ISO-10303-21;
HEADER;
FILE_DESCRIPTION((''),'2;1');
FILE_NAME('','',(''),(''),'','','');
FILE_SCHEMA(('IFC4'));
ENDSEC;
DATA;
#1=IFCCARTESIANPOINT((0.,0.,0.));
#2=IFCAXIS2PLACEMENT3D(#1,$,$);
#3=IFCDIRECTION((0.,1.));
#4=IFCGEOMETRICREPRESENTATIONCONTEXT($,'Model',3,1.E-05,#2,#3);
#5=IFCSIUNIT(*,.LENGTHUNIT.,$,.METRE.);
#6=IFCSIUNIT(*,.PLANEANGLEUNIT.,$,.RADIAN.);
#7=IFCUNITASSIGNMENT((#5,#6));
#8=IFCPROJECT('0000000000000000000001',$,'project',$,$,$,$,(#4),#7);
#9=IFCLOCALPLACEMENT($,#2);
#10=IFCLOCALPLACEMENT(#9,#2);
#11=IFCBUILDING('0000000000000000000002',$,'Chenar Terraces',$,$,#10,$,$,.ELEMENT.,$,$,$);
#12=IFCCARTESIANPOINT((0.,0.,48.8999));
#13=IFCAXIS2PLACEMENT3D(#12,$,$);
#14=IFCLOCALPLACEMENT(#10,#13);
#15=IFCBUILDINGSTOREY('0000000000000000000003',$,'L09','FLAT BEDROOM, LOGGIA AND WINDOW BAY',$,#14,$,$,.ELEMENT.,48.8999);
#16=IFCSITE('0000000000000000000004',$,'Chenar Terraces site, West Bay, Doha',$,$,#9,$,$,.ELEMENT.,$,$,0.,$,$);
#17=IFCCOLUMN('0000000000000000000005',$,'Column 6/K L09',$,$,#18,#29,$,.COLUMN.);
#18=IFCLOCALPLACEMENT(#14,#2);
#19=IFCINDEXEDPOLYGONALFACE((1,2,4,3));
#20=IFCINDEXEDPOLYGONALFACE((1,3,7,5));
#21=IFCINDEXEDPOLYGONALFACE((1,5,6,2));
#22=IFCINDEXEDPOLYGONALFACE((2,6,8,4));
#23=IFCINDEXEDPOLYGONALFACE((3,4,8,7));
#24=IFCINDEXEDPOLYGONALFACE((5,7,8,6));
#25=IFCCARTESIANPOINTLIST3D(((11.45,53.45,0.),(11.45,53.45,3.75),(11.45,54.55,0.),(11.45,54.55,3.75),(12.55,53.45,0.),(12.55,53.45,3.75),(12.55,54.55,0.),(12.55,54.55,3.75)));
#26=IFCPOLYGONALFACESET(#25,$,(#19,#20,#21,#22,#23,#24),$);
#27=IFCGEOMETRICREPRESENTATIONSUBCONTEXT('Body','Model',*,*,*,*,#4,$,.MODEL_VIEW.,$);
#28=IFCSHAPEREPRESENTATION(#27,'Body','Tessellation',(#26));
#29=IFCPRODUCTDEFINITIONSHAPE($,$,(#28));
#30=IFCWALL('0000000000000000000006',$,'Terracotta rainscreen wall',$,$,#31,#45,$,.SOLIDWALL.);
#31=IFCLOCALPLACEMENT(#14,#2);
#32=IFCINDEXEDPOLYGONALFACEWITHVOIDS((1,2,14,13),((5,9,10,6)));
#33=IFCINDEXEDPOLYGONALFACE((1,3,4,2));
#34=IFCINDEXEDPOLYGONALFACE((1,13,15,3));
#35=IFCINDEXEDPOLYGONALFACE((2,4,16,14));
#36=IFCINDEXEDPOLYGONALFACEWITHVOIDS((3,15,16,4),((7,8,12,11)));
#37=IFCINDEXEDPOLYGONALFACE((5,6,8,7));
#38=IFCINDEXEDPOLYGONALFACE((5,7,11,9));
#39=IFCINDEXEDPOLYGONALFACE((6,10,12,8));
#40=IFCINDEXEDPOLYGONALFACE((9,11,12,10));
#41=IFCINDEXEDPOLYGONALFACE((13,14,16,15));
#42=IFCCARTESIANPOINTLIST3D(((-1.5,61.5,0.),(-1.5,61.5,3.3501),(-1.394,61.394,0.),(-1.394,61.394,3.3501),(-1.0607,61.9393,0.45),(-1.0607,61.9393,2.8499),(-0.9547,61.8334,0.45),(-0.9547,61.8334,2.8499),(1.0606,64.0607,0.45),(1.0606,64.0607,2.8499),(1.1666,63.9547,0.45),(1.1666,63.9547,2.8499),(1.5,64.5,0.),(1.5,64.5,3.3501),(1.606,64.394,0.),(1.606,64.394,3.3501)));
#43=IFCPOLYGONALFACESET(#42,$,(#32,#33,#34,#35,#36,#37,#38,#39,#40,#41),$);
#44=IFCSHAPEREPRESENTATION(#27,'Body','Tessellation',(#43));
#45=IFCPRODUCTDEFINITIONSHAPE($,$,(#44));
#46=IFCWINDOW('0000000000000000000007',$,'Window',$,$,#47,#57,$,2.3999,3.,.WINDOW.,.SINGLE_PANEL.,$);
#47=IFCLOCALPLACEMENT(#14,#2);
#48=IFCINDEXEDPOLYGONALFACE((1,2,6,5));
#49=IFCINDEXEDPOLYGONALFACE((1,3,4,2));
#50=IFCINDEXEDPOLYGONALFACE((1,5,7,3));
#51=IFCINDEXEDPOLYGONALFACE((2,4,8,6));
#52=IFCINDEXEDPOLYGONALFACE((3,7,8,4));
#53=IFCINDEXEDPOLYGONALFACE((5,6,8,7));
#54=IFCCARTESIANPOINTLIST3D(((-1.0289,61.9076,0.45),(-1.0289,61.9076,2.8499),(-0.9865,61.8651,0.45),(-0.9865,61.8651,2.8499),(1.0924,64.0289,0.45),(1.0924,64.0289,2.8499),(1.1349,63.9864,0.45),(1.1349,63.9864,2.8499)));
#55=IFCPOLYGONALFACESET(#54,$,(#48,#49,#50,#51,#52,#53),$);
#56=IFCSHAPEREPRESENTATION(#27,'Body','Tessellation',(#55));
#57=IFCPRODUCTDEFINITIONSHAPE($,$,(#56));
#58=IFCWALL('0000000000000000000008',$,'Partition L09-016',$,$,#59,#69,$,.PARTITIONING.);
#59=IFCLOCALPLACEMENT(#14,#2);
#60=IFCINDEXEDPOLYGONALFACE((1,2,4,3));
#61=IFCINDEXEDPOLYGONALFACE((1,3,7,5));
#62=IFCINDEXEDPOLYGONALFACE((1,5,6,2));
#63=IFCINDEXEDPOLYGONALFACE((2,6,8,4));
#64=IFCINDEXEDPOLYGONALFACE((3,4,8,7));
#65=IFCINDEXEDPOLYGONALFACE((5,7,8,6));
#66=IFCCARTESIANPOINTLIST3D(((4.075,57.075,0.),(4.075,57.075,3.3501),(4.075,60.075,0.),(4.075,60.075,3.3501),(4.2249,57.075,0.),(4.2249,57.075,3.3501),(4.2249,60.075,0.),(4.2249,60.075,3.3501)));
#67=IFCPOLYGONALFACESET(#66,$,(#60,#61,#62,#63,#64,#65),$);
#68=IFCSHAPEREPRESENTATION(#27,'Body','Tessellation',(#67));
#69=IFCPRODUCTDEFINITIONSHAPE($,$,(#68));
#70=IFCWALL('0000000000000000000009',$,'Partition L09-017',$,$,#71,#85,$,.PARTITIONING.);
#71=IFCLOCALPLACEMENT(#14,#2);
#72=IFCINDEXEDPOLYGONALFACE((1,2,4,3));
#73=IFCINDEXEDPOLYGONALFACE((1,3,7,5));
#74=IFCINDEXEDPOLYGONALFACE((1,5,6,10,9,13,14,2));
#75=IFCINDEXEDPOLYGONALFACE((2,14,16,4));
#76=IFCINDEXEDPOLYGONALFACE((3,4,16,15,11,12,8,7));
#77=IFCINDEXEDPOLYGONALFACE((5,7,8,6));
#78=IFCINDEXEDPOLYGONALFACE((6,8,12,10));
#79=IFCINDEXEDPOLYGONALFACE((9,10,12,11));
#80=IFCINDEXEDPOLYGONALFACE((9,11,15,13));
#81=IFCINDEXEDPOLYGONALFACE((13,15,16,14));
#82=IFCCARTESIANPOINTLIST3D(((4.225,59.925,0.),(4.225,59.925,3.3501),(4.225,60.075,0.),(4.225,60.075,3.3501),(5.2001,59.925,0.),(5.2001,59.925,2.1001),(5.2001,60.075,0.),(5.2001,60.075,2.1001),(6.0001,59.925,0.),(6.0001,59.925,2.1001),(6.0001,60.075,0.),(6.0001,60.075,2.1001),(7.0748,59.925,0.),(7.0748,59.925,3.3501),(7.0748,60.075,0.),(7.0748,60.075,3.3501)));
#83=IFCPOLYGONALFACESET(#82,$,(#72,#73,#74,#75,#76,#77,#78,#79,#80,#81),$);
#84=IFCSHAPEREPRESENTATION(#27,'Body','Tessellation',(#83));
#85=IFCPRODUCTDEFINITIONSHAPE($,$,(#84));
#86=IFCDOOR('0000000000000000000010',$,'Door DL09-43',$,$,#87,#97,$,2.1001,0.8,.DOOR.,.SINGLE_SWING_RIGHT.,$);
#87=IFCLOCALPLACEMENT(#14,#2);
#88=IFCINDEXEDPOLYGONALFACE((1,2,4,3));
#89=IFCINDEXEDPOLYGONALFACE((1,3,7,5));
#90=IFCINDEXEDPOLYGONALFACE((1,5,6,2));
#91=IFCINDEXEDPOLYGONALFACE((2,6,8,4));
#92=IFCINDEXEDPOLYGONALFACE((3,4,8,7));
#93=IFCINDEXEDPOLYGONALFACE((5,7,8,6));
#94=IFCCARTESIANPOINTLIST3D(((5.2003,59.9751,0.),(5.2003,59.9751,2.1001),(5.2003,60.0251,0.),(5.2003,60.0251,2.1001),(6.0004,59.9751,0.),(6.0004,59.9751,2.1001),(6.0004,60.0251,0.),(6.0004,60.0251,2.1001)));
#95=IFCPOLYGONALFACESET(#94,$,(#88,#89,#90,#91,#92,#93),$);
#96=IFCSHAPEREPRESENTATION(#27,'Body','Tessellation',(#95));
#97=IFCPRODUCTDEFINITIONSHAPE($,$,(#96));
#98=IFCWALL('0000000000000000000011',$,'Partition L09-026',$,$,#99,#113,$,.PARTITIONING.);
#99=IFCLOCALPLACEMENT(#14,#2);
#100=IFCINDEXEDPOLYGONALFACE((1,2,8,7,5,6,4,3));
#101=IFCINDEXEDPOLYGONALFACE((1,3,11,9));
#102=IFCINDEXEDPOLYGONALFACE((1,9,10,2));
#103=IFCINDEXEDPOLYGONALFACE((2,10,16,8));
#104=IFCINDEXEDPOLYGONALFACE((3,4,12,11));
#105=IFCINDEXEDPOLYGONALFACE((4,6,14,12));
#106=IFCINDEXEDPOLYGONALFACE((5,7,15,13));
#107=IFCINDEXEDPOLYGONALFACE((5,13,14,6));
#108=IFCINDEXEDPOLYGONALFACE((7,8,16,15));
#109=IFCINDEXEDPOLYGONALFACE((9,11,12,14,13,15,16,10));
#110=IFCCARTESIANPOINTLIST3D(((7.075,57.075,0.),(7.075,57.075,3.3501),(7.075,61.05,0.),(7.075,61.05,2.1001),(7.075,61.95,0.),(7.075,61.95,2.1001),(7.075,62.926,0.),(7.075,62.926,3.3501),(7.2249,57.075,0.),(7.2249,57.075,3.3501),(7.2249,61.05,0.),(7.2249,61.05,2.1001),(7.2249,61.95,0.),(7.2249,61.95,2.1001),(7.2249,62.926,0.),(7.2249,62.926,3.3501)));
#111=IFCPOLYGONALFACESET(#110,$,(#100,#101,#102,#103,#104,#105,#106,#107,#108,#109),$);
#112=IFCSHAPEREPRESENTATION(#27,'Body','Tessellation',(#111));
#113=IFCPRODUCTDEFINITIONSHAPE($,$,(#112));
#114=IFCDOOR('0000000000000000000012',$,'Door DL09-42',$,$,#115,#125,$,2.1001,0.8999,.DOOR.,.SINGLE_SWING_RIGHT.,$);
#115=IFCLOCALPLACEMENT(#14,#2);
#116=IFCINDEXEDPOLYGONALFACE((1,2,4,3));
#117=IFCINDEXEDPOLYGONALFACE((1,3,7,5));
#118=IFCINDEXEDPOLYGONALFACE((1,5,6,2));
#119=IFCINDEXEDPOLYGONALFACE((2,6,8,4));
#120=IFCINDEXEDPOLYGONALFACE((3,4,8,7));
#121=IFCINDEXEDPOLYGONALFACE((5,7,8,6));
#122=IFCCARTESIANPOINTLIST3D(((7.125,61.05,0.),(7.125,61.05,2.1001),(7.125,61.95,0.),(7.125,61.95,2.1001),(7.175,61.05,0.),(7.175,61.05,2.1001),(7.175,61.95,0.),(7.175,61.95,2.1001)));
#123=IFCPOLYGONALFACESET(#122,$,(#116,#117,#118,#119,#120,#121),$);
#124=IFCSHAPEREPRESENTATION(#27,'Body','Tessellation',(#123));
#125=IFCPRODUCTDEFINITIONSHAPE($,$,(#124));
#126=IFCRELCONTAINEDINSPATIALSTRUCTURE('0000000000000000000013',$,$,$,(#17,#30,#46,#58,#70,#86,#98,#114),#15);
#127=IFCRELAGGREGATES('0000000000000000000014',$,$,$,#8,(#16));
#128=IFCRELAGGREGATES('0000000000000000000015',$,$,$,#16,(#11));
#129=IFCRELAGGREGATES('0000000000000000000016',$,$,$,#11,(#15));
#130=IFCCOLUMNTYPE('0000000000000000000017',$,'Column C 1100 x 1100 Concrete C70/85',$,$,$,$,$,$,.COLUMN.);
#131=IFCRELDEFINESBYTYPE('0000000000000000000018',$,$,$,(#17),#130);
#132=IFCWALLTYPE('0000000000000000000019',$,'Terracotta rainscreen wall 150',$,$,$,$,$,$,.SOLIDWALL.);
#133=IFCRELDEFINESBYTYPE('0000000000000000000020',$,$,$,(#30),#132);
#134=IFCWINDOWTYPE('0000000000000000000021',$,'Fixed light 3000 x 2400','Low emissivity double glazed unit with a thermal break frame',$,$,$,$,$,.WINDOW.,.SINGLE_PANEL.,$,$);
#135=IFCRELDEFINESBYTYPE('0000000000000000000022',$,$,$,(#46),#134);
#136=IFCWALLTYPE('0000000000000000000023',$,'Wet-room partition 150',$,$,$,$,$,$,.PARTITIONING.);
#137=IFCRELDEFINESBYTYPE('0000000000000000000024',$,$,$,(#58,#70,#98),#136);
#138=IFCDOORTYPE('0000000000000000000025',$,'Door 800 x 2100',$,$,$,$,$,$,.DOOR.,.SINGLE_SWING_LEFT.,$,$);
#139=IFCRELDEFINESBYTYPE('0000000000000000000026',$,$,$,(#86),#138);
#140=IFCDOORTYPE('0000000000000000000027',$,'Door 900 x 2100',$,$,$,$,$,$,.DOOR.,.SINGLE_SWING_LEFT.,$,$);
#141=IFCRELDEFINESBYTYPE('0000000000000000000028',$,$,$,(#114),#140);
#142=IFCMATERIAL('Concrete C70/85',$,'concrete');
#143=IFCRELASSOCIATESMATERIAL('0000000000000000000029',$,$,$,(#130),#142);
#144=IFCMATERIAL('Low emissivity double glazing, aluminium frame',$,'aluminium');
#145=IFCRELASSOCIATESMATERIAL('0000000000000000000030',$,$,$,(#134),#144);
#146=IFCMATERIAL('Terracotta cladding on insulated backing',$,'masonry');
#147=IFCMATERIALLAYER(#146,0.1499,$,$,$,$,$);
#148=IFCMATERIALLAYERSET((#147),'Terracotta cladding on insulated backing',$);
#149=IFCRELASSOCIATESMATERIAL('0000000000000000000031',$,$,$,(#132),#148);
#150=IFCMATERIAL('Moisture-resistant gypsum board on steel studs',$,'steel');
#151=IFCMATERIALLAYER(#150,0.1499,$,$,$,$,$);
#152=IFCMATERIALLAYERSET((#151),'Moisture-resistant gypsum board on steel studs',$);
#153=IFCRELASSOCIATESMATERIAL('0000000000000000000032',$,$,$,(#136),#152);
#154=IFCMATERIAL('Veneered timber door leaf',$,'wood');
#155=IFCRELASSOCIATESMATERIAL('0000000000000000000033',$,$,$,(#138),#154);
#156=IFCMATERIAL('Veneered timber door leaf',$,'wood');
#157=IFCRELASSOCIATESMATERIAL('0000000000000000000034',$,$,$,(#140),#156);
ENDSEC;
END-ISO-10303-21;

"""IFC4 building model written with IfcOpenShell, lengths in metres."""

from ifc_helpers import new_model, si_unit, direction, frame, frame_2d, origin, origin_2d, place, context, subcontext, project, spatial, rectangle, extrude, material, layer, layer_set, material_profile, profile_set, type_object, element, fill, save


model = new_model("IFC4")

# Units and contexts
model_context = context("Model", 3, precision=1e-05, world=origin(), true_north=direction((0.0, 1.0)))
body_context = subcontext(model_context, "Body", "Model", "MODEL_VIEW")
ifc_project = project(units=[si_unit("LENGTHUNIT", "METRE"), si_unit("PLANEANGLEUNIT", "RADIAN")], contexts=[model_context])

# Site, building, storey
site_placement = place(None, origin())
site = spatial("IfcSite", under=ifc_project, at=site_placement, Name="Chenar Terraces site, West Bay, Doha", CompositionType="ELEMENT", RefElevation=0.0)
building_placement = place(site_placement, origin())
building = spatial("IfcBuilding", under=site, at=building_placement, Name="Chenar Terraces", CompositionType="ELEMENT")
storey_placement = place(building_placement, frame((0.0, 0.0, 48.8999)))
storey = spatial("IfcBuildingStorey", under=building, at=storey_placement, Name="L09", Description="FLAT BEDROOM, LOGGIA AND WINDOW BAY", CompositionType="ELEMENT", Elevation=48.8999)

# Column
ifc_material_1 = material(Name="Concrete C70/85", Category="concrete")
ifc_material_profile = material_profile(ifc_material_1, rectangle(XDim=1.1001, YDim=1.1001, at=origin_2d()), Name="C 1100 x 1100")
ifc_profile_set = profile_set([ifc_material_profile], Name="Concrete C70/85")
column_type = type_object("IfcColumnType", Name="Column C 1100 x 1100 Concrete C70/85", PredefinedType="COLUMN", material=ifc_profile_set)
column_placement = place(storey_placement, frame((12.0, 54.0, 0.0), z_axis=(0.0, 0.0, 1.0), x_axis=(1.0, 0.0, 0.0)))
element("IfcColumn", 1, at=column_placement, inside=storey, type_object=column_type, Name="Column 6/K L09", PredefinedType="COLUMN", context=body_context, shape_type="SweptSolid", body=[
    extrude(rectangle(XDim=1.1001, YDim=1.1001, at=origin_2d()), origin(), (0.0, 0.0, 1.0), 3.75),
])

# Shared definitions
ifc_material_2 = material(Name="Low emissivity double glazing, aluminium frame", Category="aluminium")
window_type = type_object("IfcWindowType", Name="Fixed light 3000 x 2400", Description="Low emissivity double glazed unit with a thermal break frame", PartitioningType="SINGLE_PANEL", PredefinedType="WINDOW", material=ifc_material_2)

# Wall, opening, window
ifc_material_3 = material(Name="Terracotta cladding on insulated backing", Category="masonry")
ifc_layer_1 = layer(ifc_material_3, 0.1499)
ifc_layer_set_1 = layer_set([ifc_layer_1], Name="Terracotta cladding on insulated backing")
wall_type_1 = type_object("IfcWallType", Name="Terracotta rainscreen wall 150", PredefinedType="SOLIDWALL", material=ifc_layer_set_1)
wall_1_placement = place(storey_placement, frame((1.553, 64.447, 0.0), z_axis=(0.0, 0.0, 1.0), x_axis=(-0.707107, -0.707107, 0.0)))
wall_1 = element("IfcWall", 2, at=wall_1_placement, inside=storey, type_object=wall_type_1, Name="Terracotta rainscreen wall", PredefinedType="SOLIDWALL", context=body_context, shape_type="SweptSolid", body=[
    extrude(rectangle(XDim=4.2427, YDim=0.1499, at=frame_2d((2.1213, 0.0))), origin(), (0.0, 0.0, 1.0), 3.3501),
])
opening_1_placement = place(wall_1_placement, frame((0.6213, 0.0, 0.45)))
opening_1 = element("IfcOpeningElement", 3, at=opening_1_placement, cuts=wall_1, PredefinedType="OPENING", context=body_context, shape_type="SweptSolid", body=[
    extrude(rectangle(XDim=3.0, YDim=2.3999, at=frame_2d((1.5, 1.2))), frame((0.0, 0.085, 0.0), z_axis=(0.0, -1.0, 0.0), x_axis=(1.0, 0.0, 0.0)), (0.0, 0.0, 1.0), 0.1699),
])
window_1_placement = place(opening_1_placement, origin())
window_1 = element("IfcWindow", 4, at=window_1_placement, inside=storey, type_object=window_type, Name="Window", OverallHeight=2.3999, OverallWidth=3.0, PartitioningType="SINGLE_PANEL", PredefinedType="WINDOW", context=body_context, shape_type="SweptSolid", body=[
    extrude(rectangle(XDim=3.0, YDim=2.3999, at=frame_2d((1.5, 1.2))), frame((0.0, 0.03, 0.0), z_axis=(0.0, -1.0, 0.0), x_axis=(1.0, 0.0, 0.0)), (0.0, 0.0, 1.0), 0.0601),
])
fill(opening_1, window_1)

# Wall
ifc_material_4 = material(Name="Moisture-resistant gypsum board on steel studs", Category="steel")
ifc_layer_2 = layer(ifc_material_4, 0.1499)
ifc_layer_set_2 = layer_set([ifc_layer_2], Name="Moisture-resistant gypsum board on steel studs")
wall_type_2 = type_object("IfcWallType", Name="Wet-room partition 150", PredefinedType="PARTITIONING", material=ifc_layer_set_2)
wall_2_placement = place(storey_placement, frame((4.1499, 57.075, 0.0), z_axis=(0.0, 0.0, 1.0), x_axis=(0.0, 1.0, 0.0)))
element("IfcWall", 5, at=wall_2_placement, inside=storey, type_object=wall_type_2, Name="Partition L09-016", PredefinedType="PARTITIONING", context=body_context, shape_type="SweptSolid", body=[
    extrude(rectangle(XDim=3.0, YDim=0.1499, at=frame_2d((1.5, 0.0))), origin(), (0.0, 0.0, 1.0), 3.3501),
])

# Walls, openings, doors
wall_3_placement = place(storey_placement, frame((4.2251, 60.0, 0.0), z_axis=(0.0, 0.0, 1.0), x_axis=(1.0, 0.0, 0.0)))
wall_3 = element("IfcWall", 6, at=wall_3_placement, inside=storey, type_object=wall_type_2, Name="Partition L09-017", PredefinedType="PARTITIONING", context=body_context, shape_type="SweptSolid", body=[
    extrude(rectangle(XDim=2.8499, YDim=0.1499, at=frame_2d((1.4248, 0.0))), origin(), (0.0, 0.0, 1.0), 3.3501),
])
opening_2_placement = place(wall_3_placement, frame((0.9751, 0.0, 0.0)))
opening_2 = element("IfcOpeningElement", 7, at=opening_2_placement, cuts=wall_3, PredefinedType="OPENING", context=body_context, shape_type="SweptSolid", body=[
    extrude(rectangle(XDim=0.8, YDim=2.1001, at=frame_2d((0.3999, 1.05))), frame((0.0, 0.085, 0.0), z_axis=(0.0, -1.0, 0.0), x_axis=(1.0, 0.0, 0.0)), (0.0, 0.0, 1.0), 0.1699),
])
ifc_material_5 = material(Name="Veneered timber door leaf", Category="wood")
door_type_1 = type_object("IfcDoorType", Name="Door 800 x 2100", OperationType="SINGLE_SWING_LEFT", PredefinedType="DOOR", material=ifc_material_5)
door_1_placement = place(opening_2_placement, frame((0.8, 0.0, 0.0), z_axis=(0.0, 0.0, 1.0), x_axis=(-1.0, 0.0, 0.0)))
door_1 = element("IfcDoor", 8, at=door_1_placement, inside=storey, type_object=door_type_1, Name="Door DL09-43", OperationType="SINGLE_SWING_RIGHT", OverallHeight=2.1001, OverallWidth=0.8, PredefinedType="DOOR", context=body_context, shape_type="SweptSolid", body=[
    extrude(rectangle(XDim=0.8, YDim=2.1001, at=frame_2d((0.3999, 1.05))), frame((0.0, 0.0249, 0.0), z_axis=(0.0, -1.0, 0.0), x_axis=(1.0, 0.0, 0.0)), (0.0, 0.0, 1.0), 0.05),
])
fill(opening_2, door_1)
wall_4_placement = place(storey_placement, frame((7.1499, 57.075, 0.0), z_axis=(0.0, 0.0, 1.0), x_axis=(0.0, 1.0, 0.0)))
wall_4 = element("IfcWall", 9, at=wall_4_placement, inside=storey, type_object=wall_type_2, Name="Partition L09-026", PredefinedType="PARTITIONING", context=body_context, shape_type="SweptSolid", body=[
    extrude(rectangle(XDim=5.8511, YDim=0.1499, at=frame_2d((2.9255, 0.0))), origin(), (0.0, 0.0, 1.0), 3.3501),
])
opening_3_placement = place(wall_4_placement, frame((3.9751, 0.0, 0.0)))
opening_3 = element("IfcOpeningElement", 10, at=opening_3_placement, cuts=wall_4, PredefinedType="OPENING", context=body_context, shape_type="SweptSolid", body=[
    extrude(rectangle(XDim=0.8999, YDim=2.1001, at=frame_2d((0.45, 1.05))), frame((0.0, 0.085, 0.0), z_axis=(0.0, -1.0, 0.0), x_axis=(1.0, 0.0, 0.0)), (0.0, 0.0, 1.0), 0.1699),
])
ifc_material_6 = material(Name="Veneered timber door leaf", Category="wood")
door_type_2 = type_object("IfcDoorType", Name="Door 900 x 2100", OperationType="SINGLE_SWING_LEFT", PredefinedType="DOOR", material=ifc_material_6)
door_2_placement = place(opening_3_placement, origin())
door_2 = element("IfcDoor", 11, at=door_2_placement, inside=storey, type_object=door_type_2, Name="Door DL09-42", OperationType="SINGLE_SWING_RIGHT", OverallHeight=2.1001, OverallWidth=0.8999, PredefinedType="DOOR", context=body_context, shape_type="SweptSolid", body=[
    extrude(rectangle(XDim=0.8999, YDim=2.1001, at=frame_2d((0.45, 1.05))), frame((0.0, 0.0249, 0.0), z_axis=(0.0, -1.0, 0.0), x_axis=(1.0, 0.0, 0.0)), (0.0, 0.0, 1.0), 0.05),
])
fill(opening_3, door_2)

save(model, "model.ifc")
